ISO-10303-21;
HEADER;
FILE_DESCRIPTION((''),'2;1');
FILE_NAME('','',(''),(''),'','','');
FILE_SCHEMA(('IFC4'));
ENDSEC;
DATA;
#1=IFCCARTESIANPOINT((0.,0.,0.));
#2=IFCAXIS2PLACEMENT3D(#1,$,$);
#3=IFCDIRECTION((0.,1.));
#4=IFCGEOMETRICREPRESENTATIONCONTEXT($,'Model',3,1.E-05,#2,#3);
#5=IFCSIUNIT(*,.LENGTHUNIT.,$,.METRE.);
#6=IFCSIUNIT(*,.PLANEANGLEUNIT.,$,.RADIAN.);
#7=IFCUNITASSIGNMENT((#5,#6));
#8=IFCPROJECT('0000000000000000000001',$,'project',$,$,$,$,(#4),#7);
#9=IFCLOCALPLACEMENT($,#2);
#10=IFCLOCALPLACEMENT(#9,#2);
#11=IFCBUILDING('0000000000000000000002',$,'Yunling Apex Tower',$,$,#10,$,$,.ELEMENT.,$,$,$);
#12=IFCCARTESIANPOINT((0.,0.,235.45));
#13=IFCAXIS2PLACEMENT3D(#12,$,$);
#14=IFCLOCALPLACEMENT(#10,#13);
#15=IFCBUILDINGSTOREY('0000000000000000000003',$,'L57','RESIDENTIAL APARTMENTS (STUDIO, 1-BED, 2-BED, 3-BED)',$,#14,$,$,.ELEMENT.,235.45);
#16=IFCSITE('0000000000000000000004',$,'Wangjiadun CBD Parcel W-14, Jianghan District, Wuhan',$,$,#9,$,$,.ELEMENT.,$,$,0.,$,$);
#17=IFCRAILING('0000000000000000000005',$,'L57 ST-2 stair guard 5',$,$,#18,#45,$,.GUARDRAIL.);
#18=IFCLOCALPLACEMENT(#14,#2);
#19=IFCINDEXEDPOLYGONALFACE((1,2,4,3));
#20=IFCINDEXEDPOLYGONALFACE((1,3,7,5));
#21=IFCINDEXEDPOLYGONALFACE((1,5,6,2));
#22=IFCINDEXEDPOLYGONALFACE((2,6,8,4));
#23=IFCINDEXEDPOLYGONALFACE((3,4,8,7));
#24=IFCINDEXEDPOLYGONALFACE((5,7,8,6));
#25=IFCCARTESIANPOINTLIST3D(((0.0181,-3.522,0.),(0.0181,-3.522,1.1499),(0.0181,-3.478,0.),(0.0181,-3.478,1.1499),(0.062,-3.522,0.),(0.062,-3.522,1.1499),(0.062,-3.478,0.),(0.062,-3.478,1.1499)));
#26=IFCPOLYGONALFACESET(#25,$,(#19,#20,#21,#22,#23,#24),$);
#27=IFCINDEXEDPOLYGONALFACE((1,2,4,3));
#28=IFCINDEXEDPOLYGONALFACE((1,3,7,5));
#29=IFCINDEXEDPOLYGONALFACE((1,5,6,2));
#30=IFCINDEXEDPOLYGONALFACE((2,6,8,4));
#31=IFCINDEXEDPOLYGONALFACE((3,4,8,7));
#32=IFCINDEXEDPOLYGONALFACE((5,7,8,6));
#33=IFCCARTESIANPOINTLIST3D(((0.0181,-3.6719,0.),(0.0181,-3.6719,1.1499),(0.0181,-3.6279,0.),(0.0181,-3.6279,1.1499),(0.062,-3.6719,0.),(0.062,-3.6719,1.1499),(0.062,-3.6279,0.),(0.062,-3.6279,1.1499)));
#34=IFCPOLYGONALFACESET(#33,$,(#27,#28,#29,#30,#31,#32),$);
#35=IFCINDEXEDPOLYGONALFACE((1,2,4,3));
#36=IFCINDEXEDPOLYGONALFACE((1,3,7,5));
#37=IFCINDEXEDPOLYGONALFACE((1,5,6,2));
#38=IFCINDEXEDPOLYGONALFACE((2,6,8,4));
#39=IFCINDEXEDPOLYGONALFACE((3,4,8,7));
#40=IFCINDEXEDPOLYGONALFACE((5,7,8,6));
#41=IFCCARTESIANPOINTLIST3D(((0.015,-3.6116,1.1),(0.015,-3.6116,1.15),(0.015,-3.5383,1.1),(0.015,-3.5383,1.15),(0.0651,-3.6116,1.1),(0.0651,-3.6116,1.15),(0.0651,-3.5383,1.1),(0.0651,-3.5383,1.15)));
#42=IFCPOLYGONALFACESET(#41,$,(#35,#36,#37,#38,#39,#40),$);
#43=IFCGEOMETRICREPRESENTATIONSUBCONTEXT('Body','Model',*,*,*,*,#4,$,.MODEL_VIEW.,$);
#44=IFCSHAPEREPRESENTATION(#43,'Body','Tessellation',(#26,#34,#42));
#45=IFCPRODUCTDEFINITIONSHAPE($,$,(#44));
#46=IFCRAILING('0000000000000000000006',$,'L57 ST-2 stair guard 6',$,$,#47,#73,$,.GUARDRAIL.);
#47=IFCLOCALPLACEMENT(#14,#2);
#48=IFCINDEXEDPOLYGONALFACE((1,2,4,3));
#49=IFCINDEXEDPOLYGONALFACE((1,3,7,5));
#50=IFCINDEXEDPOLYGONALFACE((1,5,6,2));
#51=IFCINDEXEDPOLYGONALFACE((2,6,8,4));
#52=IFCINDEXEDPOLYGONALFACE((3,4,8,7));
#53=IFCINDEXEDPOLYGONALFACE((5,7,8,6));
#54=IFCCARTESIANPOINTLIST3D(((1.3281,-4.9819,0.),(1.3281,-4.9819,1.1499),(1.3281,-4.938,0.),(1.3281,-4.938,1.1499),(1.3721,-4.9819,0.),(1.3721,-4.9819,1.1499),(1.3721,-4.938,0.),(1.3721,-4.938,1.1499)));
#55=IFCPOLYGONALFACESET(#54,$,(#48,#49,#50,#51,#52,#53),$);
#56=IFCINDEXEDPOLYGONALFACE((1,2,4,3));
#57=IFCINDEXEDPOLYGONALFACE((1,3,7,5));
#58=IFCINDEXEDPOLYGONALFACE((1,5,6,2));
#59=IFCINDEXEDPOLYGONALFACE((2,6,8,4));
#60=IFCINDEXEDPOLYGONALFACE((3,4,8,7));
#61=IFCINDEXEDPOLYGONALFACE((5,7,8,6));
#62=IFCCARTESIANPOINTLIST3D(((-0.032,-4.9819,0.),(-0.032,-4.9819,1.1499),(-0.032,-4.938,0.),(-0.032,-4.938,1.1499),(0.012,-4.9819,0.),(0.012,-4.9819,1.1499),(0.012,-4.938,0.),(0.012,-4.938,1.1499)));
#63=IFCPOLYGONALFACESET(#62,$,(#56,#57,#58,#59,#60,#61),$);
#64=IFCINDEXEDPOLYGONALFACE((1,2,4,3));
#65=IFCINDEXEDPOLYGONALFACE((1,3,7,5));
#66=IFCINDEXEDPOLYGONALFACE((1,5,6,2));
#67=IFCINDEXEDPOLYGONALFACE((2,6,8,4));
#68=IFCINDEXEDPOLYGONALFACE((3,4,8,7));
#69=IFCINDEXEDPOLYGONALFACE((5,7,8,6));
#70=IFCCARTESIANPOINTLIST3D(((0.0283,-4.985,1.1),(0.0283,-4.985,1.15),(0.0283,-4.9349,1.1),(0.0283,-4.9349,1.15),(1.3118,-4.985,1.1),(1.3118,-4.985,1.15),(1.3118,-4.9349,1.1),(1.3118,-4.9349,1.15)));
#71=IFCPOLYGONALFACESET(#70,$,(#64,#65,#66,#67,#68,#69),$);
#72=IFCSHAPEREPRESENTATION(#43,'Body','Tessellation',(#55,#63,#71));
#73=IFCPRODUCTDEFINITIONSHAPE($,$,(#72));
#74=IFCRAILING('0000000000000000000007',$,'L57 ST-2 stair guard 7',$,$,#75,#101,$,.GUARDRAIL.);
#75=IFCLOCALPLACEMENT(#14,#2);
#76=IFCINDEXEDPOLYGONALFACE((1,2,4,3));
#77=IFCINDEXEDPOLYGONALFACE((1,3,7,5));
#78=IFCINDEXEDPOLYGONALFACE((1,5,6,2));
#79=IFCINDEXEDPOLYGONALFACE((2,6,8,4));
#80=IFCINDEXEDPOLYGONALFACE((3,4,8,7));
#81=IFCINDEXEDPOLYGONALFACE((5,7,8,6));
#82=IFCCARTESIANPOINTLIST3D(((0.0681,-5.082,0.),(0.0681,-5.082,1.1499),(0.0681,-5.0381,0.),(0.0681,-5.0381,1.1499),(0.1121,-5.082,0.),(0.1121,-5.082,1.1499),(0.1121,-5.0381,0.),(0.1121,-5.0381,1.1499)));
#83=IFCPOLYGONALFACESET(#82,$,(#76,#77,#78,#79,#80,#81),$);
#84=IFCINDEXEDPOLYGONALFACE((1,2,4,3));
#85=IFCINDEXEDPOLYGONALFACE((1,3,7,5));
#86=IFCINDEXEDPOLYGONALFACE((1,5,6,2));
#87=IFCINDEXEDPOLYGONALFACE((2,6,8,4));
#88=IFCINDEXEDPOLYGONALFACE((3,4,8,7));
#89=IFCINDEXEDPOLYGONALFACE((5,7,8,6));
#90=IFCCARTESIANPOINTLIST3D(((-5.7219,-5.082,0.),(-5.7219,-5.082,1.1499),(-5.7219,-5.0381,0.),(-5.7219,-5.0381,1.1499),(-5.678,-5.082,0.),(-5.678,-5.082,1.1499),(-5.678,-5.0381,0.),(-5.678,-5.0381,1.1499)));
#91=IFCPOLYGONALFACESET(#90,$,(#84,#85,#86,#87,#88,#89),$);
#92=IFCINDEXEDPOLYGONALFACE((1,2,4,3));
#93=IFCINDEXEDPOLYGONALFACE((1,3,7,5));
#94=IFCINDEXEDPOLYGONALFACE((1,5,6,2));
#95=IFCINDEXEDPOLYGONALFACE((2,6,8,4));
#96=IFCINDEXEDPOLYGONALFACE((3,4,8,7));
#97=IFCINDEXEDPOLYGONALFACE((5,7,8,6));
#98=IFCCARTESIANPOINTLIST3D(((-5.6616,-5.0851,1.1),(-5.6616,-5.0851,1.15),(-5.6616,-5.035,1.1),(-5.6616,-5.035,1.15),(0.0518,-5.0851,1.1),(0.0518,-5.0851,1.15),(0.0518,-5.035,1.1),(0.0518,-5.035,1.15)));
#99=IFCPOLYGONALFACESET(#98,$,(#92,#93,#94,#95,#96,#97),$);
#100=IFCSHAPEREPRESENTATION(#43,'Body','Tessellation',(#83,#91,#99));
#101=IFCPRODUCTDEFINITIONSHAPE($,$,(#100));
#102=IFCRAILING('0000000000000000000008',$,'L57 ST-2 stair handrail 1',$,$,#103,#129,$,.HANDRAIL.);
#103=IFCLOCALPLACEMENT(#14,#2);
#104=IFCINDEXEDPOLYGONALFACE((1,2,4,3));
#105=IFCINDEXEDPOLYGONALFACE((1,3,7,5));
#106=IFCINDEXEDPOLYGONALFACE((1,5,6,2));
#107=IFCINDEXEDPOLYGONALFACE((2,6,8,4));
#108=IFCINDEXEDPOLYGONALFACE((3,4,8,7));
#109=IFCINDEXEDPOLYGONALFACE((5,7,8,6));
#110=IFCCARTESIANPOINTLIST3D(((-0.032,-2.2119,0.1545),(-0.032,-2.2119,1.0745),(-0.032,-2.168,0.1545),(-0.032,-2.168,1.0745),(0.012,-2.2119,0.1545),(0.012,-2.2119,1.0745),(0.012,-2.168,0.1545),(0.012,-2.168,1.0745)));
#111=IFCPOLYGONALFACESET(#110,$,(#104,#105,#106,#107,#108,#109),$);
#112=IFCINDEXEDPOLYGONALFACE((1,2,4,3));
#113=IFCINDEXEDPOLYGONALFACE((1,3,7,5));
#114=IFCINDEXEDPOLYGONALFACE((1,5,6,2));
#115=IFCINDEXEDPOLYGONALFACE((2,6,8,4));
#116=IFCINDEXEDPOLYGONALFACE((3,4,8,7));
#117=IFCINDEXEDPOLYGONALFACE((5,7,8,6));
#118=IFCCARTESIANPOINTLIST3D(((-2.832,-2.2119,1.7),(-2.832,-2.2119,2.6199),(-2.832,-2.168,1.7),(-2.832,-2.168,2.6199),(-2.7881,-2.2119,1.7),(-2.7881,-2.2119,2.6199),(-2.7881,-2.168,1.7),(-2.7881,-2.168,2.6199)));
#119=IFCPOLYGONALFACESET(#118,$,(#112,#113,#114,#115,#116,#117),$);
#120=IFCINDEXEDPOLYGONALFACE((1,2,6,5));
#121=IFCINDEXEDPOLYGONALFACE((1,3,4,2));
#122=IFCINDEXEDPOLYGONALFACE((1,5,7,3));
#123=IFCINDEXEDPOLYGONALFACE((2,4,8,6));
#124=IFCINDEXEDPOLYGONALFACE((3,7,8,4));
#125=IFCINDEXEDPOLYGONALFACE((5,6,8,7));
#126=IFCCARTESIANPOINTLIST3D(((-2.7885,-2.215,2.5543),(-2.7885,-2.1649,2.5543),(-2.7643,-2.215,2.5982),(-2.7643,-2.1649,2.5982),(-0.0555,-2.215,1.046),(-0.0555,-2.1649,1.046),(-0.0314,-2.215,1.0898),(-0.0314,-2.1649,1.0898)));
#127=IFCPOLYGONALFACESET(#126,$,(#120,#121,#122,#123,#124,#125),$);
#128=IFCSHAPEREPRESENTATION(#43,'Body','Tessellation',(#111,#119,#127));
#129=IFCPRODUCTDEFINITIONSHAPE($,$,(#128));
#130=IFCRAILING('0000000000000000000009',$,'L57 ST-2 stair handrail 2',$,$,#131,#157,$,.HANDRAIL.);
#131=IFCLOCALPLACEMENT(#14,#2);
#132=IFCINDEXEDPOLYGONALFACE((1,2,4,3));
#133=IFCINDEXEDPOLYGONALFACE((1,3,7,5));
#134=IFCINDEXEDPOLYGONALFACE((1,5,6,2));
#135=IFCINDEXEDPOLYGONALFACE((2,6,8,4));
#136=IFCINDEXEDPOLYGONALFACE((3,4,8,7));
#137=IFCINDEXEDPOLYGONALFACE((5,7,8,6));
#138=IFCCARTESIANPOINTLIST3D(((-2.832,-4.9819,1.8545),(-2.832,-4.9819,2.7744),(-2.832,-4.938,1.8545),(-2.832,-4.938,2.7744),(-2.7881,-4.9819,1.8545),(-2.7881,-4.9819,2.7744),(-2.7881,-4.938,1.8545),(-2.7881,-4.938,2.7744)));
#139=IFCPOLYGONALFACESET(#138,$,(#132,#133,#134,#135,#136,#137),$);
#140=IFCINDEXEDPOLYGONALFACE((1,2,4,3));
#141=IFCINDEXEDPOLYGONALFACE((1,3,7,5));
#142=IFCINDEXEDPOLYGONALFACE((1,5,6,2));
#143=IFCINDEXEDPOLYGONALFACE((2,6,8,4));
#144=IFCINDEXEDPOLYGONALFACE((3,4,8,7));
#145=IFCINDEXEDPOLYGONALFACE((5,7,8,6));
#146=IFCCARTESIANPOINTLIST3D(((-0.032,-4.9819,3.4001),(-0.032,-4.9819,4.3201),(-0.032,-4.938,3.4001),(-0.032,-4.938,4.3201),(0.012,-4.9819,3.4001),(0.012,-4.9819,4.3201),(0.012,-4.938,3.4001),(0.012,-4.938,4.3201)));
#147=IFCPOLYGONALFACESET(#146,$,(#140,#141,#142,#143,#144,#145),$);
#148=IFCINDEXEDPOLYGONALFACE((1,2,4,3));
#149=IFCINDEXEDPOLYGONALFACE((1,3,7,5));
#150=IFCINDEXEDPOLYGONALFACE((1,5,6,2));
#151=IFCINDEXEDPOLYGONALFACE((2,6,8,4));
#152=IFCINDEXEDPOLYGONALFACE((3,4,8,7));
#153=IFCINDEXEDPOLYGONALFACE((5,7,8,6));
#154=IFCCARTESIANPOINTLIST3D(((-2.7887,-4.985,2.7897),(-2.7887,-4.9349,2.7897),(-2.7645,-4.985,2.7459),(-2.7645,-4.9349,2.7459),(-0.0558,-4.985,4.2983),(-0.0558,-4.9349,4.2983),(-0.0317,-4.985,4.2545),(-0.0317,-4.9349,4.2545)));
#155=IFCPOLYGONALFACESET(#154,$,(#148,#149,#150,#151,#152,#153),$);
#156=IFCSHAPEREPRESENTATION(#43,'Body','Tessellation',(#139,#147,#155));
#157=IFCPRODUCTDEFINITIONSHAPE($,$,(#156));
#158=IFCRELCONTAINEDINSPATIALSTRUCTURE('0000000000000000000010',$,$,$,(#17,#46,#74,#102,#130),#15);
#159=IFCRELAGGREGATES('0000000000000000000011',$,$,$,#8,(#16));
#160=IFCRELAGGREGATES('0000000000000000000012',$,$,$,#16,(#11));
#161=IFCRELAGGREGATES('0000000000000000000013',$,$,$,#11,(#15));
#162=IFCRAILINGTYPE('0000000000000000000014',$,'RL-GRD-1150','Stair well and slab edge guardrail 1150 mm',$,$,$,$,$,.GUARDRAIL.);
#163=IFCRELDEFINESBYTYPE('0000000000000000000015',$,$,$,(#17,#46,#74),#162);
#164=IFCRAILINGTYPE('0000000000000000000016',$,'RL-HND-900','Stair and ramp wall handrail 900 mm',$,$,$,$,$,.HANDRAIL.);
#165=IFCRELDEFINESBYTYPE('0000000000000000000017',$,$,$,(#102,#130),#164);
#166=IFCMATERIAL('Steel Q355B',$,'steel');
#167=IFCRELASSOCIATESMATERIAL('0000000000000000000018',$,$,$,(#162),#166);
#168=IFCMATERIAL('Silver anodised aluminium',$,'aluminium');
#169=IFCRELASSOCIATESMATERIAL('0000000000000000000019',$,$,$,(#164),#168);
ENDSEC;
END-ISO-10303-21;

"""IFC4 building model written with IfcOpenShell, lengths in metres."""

from ifc_helpers import new_model, si_unit, direction, frame, origin, origin_2d, place, context, subcontext, project, spatial, rectangle, extrude, material, type_object, element, save


model = new_model("IFC4")

# Units and contexts
model_context = context("Model", 3, precision=1e-05, world=origin(), true_north=direction((0.0, 1.0)))
body_context = subcontext(model_context, "Body", "Model", "MODEL_VIEW")
ifc_project = project(units=[si_unit("LENGTHUNIT", "METRE"), si_unit("PLANEANGLEUNIT", "RADIAN")], contexts=[model_context])

# Site, building, storey
site_placement = place(None, origin())
site = spatial("IfcSite", under=ifc_project, at=site_placement, Name="Wangjiadun CBD Parcel W-14, Jianghan District, Wuhan", CompositionType="ELEMENT", RefElevation=0.0)
building_placement = place(site_placement, origin())
building = spatial("IfcBuilding", under=site, at=building_placement, Name="Yunling Apex Tower", CompositionType="ELEMENT")
storey_placement = place(building_placement, frame((0.0, 0.0, 235.45)))
storey = spatial("IfcBuildingStorey", under=building, at=storey_placement, Name="L57", Description="RESIDENTIAL APARTMENTS (STUDIO, 1-BED, 2-BED, 3-BED)", CompositionType="ELEMENT", Elevation=235.45)

# Shared definitions
ifc_material_1 = material(Name="Steel Q355B", Category="steel")

# Railings
railing_type_1 = type_object("IfcRailingType", Name="RL-GRD-1150", Description="Stair well and slab edge guardrail 1150 mm", PredefinedType="GUARDRAIL", material=ifc_material_1)
railing_1_placement = place(storey_placement, frame((0.04, -3.5, 0.0)))
element("IfcRailing", 1, at=railing_1_placement, inside=storey, type_object=railing_type_1, Name="L57 ST-2 stair guard 5", PredefinedType="GUARDRAIL", context=body_context, shape_type="SweptSolid", body=[
    extrude(rectangle(XDim=0.0439, YDim=0.0439, at=origin_2d()), origin(), (0.0, 0.0, 1.0), 1.1499),
    extrude(rectangle(XDim=0.0439, YDim=0.0439, at=origin_2d()), frame((0.0, -0.1499, 0.0)), (0.0, 0.0, 1.0), 1.1499),
    extrude(rectangle(XDim=0.05, YDim=0.05, at=origin_2d()), frame((0.0, -0.0383, 1.125), z_axis=(0.0, -1.0, 0.0), x_axis=(1.0, 0.0, 0.0)), (0.0, 0.0, 1.0), 0.0732),
])
railing_2_placement = place(storey_placement, frame((1.3501, -4.96, 0.0)))
element("IfcRailing", 2, at=railing_2_placement, inside=storey, type_object=railing_type_1, Name="L57 ST-2 stair guard 6", PredefinedType="GUARDRAIL", context=body_context, shape_type="SweptSolid", body=[
    extrude(rectangle(XDim=0.0439, YDim=0.0439, at=origin_2d()), origin(), (0.0, 0.0, 1.0), 1.1499),
    extrude(rectangle(XDim=0.0439, YDim=0.0439, at=origin_2d()), frame((-1.3601, 0.0, 0.0)), (0.0, 0.0, 1.0), 1.1499),
    extrude(rectangle(XDim=0.05, YDim=0.05, at=origin_2d()), frame((-0.0383, 0.0, 1.125), z_axis=(-1.0, 0.0, 0.0), x_axis=(0.0, -1.0, 0.0)), (0.0, 0.0, 1.0), 1.2834),
])
railing_3_placement = place(storey_placement, frame((0.0901, -5.0601, 0.0)))
element("IfcRailing", 3, at=railing_3_placement, inside=storey, type_object=railing_type_1, Name="L57 ST-2 stair guard 7", PredefinedType="GUARDRAIL", context=body_context, shape_type="SweptSolid", body=[
    extrude(rectangle(XDim=0.0439, YDim=0.0439, at=origin_2d()), origin(), (0.0, 0.0, 1.0), 1.1499),
    extrude(rectangle(XDim=0.0439, YDim=0.0439, at=origin_2d()), frame((-5.79, 0.0, 0.0)), (0.0, 0.0, 1.0), 1.1499),
    extrude(rectangle(XDim=0.05, YDim=0.05, at=origin_2d()), frame((-0.0383, 0.0, 1.125), z_axis=(-1.0, 0.0, 0.0), x_axis=(0.0, -1.0, 0.0)), (0.0, 0.0, 1.0), 5.7134),
])
ifc_material_2 = material(Name="Silver anodised aluminium", Category="aluminium")
railing_type_2 = type_object("IfcRailingType", Name="RL-HND-900", Description="Stair and ramp wall handrail 900 mm", PredefinedType="HANDRAIL", material=ifc_material_2)
railing_4_placement = place(storey_placement, frame((-0.01, -2.1899, 0.1545)))
element("IfcRailing", 4, at=railing_4_placement, inside=storey, type_object=railing_type_2, Name="L57 ST-2 stair handrail 1", PredefinedType="HANDRAIL", context=body_context, shape_type="SweptSolid", body=[
    extrude(rectangle(XDim=0.0439, YDim=0.0439, at=origin_2d()), origin(), (0.0, 0.0, 1.0), 0.9199),
    extrude(rectangle(XDim=0.0439, YDim=0.0439, at=origin_2d()), frame((-2.8, 0.0, 1.5454)), (0.0, 0.0, 1.0), 0.9199),
    extrude(rectangle(XDim=0.05, YDim=0.05, at=origin_2d()), frame((-0.0334, 0.0, 0.9133), z_axis=(-0.875504, 0.0, 0.483211), x_axis=(0.0, -1.0, 0.0)), (0.0, 0.0, 1.0), 3.1216),
])
railing_5_placement = place(storey_placement, frame((-2.8101, -4.96, 1.8545)))
element("IfcRailing", 5, at=railing_5_placement, inside=storey, type_object=railing_type_2, Name="L57 ST-2 stair handrail 2", PredefinedType="HANDRAIL", context=body_context, shape_type="SweptSolid", body=[
    extrude(rectangle(XDim=0.0439, YDim=0.0439, at=origin_2d()), origin(), (0.0, 0.0, 1.0), 0.9199),
    extrude(rectangle(XDim=0.0439, YDim=0.0439, at=origin_2d()), frame((2.8, 0.0, 1.5457)), (0.0, 0.0, 1.0), 0.9199),
    extrude(rectangle(XDim=0.05, YDim=0.05, at=origin_2d()), frame((0.0334, 0.0, 0.9133), z_axis=(0.875472, 0.0, 0.483269), x_axis=(0.0, 1.0, 0.0)), (0.0, 0.0, 1.0), 3.1216),
])

save(model, "model.ifc")
